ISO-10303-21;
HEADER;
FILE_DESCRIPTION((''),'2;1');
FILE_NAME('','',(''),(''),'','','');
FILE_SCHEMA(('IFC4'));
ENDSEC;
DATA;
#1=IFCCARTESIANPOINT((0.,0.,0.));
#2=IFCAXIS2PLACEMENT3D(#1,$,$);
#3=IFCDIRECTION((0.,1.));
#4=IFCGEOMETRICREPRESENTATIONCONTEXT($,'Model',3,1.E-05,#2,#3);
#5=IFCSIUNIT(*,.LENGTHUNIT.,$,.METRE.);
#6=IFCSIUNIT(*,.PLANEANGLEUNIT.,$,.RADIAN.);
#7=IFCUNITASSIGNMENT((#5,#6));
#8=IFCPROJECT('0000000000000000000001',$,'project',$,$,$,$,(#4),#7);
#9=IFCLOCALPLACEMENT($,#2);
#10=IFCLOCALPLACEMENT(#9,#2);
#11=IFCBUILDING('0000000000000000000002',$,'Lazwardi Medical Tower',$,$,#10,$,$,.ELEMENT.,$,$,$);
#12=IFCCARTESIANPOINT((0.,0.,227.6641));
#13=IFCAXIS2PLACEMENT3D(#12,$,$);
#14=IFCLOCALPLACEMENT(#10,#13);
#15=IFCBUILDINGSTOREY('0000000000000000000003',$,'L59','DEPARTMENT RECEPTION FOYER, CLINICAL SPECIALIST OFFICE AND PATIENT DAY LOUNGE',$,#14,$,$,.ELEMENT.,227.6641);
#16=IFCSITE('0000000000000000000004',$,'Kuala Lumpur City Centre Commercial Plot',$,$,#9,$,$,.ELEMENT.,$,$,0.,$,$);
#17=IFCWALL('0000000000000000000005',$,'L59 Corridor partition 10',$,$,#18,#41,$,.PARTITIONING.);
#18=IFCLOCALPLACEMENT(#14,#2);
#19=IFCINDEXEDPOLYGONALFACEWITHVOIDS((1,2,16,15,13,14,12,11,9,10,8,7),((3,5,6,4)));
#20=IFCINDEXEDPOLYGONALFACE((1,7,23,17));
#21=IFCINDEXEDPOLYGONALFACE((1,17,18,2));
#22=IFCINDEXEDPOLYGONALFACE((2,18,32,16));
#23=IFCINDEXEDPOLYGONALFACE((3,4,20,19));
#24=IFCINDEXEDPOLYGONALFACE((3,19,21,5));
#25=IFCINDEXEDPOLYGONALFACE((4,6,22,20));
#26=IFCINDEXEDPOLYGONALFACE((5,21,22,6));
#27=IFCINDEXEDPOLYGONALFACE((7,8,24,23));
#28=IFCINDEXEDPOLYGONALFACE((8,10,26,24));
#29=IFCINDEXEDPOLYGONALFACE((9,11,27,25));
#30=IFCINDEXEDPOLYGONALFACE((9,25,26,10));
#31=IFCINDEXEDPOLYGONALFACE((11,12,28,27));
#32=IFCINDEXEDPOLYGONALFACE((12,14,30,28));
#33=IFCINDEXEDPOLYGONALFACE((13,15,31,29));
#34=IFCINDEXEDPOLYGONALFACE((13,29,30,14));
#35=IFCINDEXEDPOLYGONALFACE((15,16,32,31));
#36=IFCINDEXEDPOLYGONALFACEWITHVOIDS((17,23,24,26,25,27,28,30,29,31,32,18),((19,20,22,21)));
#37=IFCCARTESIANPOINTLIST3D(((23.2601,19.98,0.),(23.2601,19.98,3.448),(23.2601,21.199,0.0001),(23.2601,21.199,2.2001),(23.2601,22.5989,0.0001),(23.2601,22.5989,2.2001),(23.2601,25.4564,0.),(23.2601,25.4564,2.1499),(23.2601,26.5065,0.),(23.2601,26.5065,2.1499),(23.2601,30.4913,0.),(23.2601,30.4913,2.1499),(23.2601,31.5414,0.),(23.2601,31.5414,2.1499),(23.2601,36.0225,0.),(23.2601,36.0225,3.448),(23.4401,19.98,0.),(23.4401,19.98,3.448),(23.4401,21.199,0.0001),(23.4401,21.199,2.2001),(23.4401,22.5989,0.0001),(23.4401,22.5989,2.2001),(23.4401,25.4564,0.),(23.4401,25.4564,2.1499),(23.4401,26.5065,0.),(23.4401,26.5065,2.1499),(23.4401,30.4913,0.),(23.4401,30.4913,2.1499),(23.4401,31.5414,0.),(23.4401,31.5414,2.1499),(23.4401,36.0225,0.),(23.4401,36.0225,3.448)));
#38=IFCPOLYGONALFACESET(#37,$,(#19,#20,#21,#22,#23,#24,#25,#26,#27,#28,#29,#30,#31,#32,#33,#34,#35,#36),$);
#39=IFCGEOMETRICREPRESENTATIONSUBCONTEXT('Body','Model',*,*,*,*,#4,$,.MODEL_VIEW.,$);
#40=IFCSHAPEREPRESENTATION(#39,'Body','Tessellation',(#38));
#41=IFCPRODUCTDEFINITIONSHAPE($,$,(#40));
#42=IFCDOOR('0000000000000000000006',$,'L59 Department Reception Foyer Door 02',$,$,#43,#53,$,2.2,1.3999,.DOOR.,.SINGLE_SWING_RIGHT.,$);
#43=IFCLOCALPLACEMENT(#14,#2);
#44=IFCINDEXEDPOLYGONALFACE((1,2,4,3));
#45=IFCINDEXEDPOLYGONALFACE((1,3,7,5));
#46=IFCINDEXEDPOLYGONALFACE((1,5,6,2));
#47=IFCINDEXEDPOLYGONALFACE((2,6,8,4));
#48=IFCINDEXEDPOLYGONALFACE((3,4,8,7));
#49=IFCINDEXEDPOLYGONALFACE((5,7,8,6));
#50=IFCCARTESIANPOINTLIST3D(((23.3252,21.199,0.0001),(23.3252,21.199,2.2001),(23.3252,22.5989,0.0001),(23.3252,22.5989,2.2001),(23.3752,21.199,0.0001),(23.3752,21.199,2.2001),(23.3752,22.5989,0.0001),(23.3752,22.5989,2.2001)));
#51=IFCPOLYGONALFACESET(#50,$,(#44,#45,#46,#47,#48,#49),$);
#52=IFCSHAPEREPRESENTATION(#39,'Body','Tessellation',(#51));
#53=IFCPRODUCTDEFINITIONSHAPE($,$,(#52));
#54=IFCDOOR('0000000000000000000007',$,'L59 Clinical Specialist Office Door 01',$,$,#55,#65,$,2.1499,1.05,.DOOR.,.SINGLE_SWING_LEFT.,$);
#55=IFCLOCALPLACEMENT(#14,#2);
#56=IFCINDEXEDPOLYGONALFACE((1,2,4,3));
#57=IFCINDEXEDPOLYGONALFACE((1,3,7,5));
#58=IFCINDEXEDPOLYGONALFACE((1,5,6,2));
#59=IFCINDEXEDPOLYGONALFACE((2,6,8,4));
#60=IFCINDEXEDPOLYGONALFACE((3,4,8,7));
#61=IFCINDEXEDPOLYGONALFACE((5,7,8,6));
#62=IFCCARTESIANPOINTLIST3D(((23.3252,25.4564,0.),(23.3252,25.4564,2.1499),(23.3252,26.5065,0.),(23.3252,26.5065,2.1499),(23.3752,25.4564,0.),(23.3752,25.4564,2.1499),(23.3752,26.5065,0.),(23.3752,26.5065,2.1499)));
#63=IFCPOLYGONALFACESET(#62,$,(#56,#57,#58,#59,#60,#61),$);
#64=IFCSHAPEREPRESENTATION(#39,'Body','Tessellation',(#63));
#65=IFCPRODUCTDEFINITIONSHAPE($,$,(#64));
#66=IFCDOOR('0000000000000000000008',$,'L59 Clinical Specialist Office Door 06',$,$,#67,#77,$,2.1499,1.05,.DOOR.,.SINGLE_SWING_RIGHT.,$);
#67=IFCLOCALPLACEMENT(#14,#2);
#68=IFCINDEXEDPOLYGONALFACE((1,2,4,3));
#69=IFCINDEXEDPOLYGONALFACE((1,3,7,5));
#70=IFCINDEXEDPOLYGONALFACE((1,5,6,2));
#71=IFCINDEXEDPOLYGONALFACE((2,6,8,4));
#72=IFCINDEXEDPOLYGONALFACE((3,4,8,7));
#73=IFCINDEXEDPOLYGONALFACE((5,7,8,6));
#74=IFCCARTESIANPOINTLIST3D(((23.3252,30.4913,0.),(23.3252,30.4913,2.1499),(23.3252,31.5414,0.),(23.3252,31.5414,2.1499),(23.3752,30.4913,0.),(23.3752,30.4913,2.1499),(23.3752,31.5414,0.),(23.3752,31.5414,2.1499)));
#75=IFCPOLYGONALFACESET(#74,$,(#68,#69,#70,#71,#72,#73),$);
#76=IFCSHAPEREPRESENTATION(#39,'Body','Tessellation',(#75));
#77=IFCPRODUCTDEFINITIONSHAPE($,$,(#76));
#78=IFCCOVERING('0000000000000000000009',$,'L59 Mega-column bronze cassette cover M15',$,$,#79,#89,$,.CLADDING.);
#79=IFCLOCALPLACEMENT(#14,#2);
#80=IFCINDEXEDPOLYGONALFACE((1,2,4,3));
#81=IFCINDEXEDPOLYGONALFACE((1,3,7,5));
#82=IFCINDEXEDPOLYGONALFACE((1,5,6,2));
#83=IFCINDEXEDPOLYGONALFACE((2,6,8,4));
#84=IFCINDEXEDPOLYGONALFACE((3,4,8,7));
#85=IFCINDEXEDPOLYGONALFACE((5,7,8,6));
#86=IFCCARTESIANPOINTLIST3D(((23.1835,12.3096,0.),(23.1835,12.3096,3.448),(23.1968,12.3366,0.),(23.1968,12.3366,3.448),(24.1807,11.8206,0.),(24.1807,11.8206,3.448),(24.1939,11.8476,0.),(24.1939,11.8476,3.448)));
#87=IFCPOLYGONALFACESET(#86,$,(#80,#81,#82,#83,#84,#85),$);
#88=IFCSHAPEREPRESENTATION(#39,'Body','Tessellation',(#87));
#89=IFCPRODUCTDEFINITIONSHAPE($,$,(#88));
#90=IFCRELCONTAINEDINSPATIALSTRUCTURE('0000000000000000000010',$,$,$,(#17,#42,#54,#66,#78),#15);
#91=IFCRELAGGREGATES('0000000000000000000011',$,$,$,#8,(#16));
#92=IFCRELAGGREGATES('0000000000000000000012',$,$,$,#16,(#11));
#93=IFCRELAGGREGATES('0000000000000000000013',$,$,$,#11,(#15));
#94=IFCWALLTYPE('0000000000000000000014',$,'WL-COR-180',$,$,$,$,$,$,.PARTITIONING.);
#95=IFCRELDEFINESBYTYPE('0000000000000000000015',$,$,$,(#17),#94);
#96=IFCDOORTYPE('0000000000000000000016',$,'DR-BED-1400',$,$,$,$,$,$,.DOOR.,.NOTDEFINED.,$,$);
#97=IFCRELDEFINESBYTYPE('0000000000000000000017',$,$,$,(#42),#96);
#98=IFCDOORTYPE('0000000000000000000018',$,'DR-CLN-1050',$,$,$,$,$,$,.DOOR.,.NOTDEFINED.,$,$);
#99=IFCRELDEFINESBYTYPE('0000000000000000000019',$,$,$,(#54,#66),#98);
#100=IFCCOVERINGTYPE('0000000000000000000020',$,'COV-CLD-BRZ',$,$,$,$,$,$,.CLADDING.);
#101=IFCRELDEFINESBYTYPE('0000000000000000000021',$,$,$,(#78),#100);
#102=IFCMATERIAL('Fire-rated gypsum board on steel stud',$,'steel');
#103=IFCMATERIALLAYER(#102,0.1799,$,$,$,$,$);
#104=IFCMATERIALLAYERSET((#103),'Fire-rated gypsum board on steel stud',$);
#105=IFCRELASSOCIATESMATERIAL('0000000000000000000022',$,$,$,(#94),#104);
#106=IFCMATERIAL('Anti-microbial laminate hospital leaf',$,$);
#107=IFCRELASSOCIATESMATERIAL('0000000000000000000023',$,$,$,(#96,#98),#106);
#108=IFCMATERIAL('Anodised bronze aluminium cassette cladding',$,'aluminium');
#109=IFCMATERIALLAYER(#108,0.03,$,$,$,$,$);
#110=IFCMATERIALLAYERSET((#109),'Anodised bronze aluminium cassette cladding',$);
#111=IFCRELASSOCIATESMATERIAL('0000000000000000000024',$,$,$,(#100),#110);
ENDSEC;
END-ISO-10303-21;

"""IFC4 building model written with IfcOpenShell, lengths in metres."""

from ifc_helpers import new_model, si_unit, direction, frame, frame_2d, origin, origin_2d, place, context, subcontext, project, spatial, rectangle, extrude, material, layer, layer_set, type_object, element, fill, save


model = new_model("IFC4")

# Units and contexts
model_context = context("Model", 3, precision=1e-05, world=origin(), true_north=direction((0.0, 1.0)))
body_context = subcontext(model_context, "Body", "Model", "MODEL_VIEW")
ifc_project = project(units=[si_unit("LENGTHUNIT", "METRE"), si_unit("PLANEANGLEUNIT", "RADIAN")], contexts=[model_context])

# Site, building, storey
site_placement = place(None, origin())
site = spatial("IfcSite", under=ifc_project, at=site_placement, Name="Kuala Lumpur City Centre Commercial Plot", CompositionType="ELEMENT", RefElevation=0.0)
building_placement = place(site_placement, origin())
building = spatial("IfcBuilding", under=site, at=building_placement, Name="Lazwardi Medical Tower", CompositionType="ELEMENT")
storey_placement = place(building_placement, frame((0.0, 0.0, 227.6641)))
storey = spatial("IfcBuildingStorey", under=building, at=storey_placement, Name="L59", Description="DEPARTMENT RECEPTION FOYER, CLINICAL SPECIALIST OFFICE AND PATIENT DAY LOUNGE", CompositionType="ELEMENT", Elevation=227.6641)

# Shared definitions
ifc_material_1 = material(Name="Fire-rated gypsum board on steel stud", Category="steel")
ifc_layer_1 = layer(ifc_material_1, 0.1799)
ifc_layer_set_1 = layer_set([ifc_layer_1], Name="Fire-rated gypsum board on steel stud")
wall_type = type_object("IfcWallType", Name="WL-COR-180", PredefinedType="PARTITIONING", material=ifc_layer_set_1)

# Wall, openings, doors
wall_1_placement = place(storey_placement, frame((23.3501, 19.98, 0.0), z_axis=(0.0, 0.0, 1.0), x_axis=(0.0, 1.0, 0.0)))
wall_1 = element("IfcWall", 1, at=wall_1_placement, inside=storey, type_object=wall_type, Name="L59 Corridor partition 10", PredefinedType="PARTITIONING", context=body_context, shape_type="SweptSolid", body=[
    extrude(rectangle(XDim=16.0425, YDim=0.1799, at=frame_2d((8.0212, 0.0))), origin(), (0.0, 0.0, 1.0), 3.448),
])
opening_1_placement = place(wall_1_placement, frame((5.4766, 0.0, 0.0)))
opening_1 = element("IfcOpeningElement", 2, at=opening_1_placement, cuts=wall_1, PredefinedType="OPENING", context=body_context, shape_type="SweptSolid", body=[
    extrude(rectangle(XDim=1.05, YDim=2.1499, at=frame_2d((0.5249, 1.075))), frame((0.0, 0.0999, 0.0), z_axis=(0.0, -1.0, 0.0), x_axis=(1.0, 0.0, 0.0)), (0.0, 0.0, 1.0), 0.2),
])
opening_2_placement = place(wall_1_placement, frame((1.219, 0.0, 0.0)))
opening_2 = element("IfcOpeningElement", 3, at=opening_2_placement, cuts=wall_1, PredefinedType="OPENING", context=body_context, shape_type="SweptSolid", body=[
    extrude(rectangle(XDim=1.3999, YDim=2.2, at=frame_2d((0.7, 1.1001))), frame((0.0, 0.0999, 0.0), z_axis=(0.0, -1.0, 0.0), x_axis=(1.0, 0.0, 0.0)), (0.0, 0.0, 1.0), 0.2),
])
opening_3_placement = place(wall_1_placement, frame((10.5115, 0.0, 0.0)))
opening_3 = element("IfcOpeningElement", 4, at=opening_3_placement, cuts=wall_1, PredefinedType="OPENING", context=body_context, shape_type="SweptSolid", body=[
    extrude(rectangle(XDim=1.05, YDim=2.1499, at=frame_2d((0.5249, 1.075))), frame((0.0, 0.0999, 0.0), z_axis=(0.0, -1.0, 0.0), x_axis=(1.0, 0.0, 0.0)), (0.0, 0.0, 1.0), 0.2),
])
ifc_material_2 = material(Name="Anti-microbial laminate hospital leaf")
door_type_1 = type_object("IfcDoorType", Name="DR-BED-1400", OperationType="NOTDEFINED", PredefinedType="DOOR", material=ifc_material_2)
door_1_placement = place(opening_2_placement, origin())
door_1 = element("IfcDoor", 5, at=door_1_placement, inside=storey, type_object=door_type_1, Name="L59 Department Reception Foyer Door 02", OperationType="SINGLE_SWING_RIGHT", OverallHeight=2.2, OverallWidth=1.3999, PredefinedType="DOOR", context=body_context, shape_type="SweptSolid", body=[
    extrude(rectangle(XDim=1.3999, YDim=2.2, at=frame_2d((0.7, 1.1001))), frame((0.0, 0.0249, 0.0), z_axis=(0.0, -1.0, 0.0), x_axis=(1.0, 0.0, 0.0)), (0.0, 0.0, 1.0), 0.05),
])
fill(opening_2, door_1)
door_type_2 = type_object("IfcDoorType", Name="DR-CLN-1050", OperationType="NOTDEFINED", PredefinedType="DOOR", material=ifc_material_2)
door_2_placement = place(opening_1_placement, origin())
door_2 = element("IfcDoor", 6, at=door_2_placement, inside=storey, type_object=door_type_2, Name="L59 Clinical Specialist Office Door 01", OperationType="SINGLE_SWING_LEFT", OverallHeight=2.1499, OverallWidth=1.05, PredefinedType="DOOR", context=body_context, shape_type="SweptSolid", body=[
    extrude(rectangle(XDim=1.05, YDim=2.1499, at=frame_2d((0.5249, 1.075))), frame((0.0, 0.0249, 0.0), z_axis=(0.0, -1.0, 0.0), x_axis=(1.0, 0.0, 0.0)), (0.0, 0.0, 1.0), 0.05),
])
fill(opening_1, door_2)
door_3_placement = place(opening_3_placement, origin())
door_3 = element("IfcDoor", 7, at=door_3_placement, inside=storey, type_object=door_type_2, Name="L59 Clinical Specialist Office Door 06", OperationType="SINGLE_SWING_RIGHT", OverallHeight=2.1499, OverallWidth=1.05, PredefinedType="DOOR", context=body_context, shape_type="SweptSolid", body=[
    extrude(rectangle(XDim=1.05, YDim=2.1499, at=frame_2d((0.5249, 1.075))), frame((0.0, 0.0249, 0.0), z_axis=(0.0, -1.0, 0.0), x_axis=(1.0, 0.0, 0.0)), (0.0, 0.0, 1.0), 0.05),
])
fill(opening_3, door_3)

# Covering
ifc_material_3 = material(Name="Anodised bronze aluminium cassette cladding", Category="aluminium")
ifc_layer_2 = layer(ifc_material_3, 0.03)
ifc_layer_set_2 = layer_set([ifc_layer_2], Name="Anodised bronze aluminium cassette cladding")
covering_type = type_object("IfcCoveringType", Name="COV-CLD-BRZ", PredefinedType="CLADDING", material=ifc_layer_set_2)
covering_placement = place(storey_placement, frame((23.6887, 12.0786, 0.0), z_axis=(0.0, 0.0, 1.0), x_axis=(0.89784, -0.440322, 0.0)))
element("IfcCovering", 8, at=covering_placement, inside=storey, type_object=covering_type, Name="L59 Mega-column bronze cassette cover M15", PredefinedType="CLADDING", context=body_context, shape_type="SweptSolid", body=[
    extrude(rectangle(XDim=1.1106, YDim=0.03, at=origin_2d()), origin(), (0.0, 0.0, 1.0), 3.448),
])

save(model, "model.ifc")
